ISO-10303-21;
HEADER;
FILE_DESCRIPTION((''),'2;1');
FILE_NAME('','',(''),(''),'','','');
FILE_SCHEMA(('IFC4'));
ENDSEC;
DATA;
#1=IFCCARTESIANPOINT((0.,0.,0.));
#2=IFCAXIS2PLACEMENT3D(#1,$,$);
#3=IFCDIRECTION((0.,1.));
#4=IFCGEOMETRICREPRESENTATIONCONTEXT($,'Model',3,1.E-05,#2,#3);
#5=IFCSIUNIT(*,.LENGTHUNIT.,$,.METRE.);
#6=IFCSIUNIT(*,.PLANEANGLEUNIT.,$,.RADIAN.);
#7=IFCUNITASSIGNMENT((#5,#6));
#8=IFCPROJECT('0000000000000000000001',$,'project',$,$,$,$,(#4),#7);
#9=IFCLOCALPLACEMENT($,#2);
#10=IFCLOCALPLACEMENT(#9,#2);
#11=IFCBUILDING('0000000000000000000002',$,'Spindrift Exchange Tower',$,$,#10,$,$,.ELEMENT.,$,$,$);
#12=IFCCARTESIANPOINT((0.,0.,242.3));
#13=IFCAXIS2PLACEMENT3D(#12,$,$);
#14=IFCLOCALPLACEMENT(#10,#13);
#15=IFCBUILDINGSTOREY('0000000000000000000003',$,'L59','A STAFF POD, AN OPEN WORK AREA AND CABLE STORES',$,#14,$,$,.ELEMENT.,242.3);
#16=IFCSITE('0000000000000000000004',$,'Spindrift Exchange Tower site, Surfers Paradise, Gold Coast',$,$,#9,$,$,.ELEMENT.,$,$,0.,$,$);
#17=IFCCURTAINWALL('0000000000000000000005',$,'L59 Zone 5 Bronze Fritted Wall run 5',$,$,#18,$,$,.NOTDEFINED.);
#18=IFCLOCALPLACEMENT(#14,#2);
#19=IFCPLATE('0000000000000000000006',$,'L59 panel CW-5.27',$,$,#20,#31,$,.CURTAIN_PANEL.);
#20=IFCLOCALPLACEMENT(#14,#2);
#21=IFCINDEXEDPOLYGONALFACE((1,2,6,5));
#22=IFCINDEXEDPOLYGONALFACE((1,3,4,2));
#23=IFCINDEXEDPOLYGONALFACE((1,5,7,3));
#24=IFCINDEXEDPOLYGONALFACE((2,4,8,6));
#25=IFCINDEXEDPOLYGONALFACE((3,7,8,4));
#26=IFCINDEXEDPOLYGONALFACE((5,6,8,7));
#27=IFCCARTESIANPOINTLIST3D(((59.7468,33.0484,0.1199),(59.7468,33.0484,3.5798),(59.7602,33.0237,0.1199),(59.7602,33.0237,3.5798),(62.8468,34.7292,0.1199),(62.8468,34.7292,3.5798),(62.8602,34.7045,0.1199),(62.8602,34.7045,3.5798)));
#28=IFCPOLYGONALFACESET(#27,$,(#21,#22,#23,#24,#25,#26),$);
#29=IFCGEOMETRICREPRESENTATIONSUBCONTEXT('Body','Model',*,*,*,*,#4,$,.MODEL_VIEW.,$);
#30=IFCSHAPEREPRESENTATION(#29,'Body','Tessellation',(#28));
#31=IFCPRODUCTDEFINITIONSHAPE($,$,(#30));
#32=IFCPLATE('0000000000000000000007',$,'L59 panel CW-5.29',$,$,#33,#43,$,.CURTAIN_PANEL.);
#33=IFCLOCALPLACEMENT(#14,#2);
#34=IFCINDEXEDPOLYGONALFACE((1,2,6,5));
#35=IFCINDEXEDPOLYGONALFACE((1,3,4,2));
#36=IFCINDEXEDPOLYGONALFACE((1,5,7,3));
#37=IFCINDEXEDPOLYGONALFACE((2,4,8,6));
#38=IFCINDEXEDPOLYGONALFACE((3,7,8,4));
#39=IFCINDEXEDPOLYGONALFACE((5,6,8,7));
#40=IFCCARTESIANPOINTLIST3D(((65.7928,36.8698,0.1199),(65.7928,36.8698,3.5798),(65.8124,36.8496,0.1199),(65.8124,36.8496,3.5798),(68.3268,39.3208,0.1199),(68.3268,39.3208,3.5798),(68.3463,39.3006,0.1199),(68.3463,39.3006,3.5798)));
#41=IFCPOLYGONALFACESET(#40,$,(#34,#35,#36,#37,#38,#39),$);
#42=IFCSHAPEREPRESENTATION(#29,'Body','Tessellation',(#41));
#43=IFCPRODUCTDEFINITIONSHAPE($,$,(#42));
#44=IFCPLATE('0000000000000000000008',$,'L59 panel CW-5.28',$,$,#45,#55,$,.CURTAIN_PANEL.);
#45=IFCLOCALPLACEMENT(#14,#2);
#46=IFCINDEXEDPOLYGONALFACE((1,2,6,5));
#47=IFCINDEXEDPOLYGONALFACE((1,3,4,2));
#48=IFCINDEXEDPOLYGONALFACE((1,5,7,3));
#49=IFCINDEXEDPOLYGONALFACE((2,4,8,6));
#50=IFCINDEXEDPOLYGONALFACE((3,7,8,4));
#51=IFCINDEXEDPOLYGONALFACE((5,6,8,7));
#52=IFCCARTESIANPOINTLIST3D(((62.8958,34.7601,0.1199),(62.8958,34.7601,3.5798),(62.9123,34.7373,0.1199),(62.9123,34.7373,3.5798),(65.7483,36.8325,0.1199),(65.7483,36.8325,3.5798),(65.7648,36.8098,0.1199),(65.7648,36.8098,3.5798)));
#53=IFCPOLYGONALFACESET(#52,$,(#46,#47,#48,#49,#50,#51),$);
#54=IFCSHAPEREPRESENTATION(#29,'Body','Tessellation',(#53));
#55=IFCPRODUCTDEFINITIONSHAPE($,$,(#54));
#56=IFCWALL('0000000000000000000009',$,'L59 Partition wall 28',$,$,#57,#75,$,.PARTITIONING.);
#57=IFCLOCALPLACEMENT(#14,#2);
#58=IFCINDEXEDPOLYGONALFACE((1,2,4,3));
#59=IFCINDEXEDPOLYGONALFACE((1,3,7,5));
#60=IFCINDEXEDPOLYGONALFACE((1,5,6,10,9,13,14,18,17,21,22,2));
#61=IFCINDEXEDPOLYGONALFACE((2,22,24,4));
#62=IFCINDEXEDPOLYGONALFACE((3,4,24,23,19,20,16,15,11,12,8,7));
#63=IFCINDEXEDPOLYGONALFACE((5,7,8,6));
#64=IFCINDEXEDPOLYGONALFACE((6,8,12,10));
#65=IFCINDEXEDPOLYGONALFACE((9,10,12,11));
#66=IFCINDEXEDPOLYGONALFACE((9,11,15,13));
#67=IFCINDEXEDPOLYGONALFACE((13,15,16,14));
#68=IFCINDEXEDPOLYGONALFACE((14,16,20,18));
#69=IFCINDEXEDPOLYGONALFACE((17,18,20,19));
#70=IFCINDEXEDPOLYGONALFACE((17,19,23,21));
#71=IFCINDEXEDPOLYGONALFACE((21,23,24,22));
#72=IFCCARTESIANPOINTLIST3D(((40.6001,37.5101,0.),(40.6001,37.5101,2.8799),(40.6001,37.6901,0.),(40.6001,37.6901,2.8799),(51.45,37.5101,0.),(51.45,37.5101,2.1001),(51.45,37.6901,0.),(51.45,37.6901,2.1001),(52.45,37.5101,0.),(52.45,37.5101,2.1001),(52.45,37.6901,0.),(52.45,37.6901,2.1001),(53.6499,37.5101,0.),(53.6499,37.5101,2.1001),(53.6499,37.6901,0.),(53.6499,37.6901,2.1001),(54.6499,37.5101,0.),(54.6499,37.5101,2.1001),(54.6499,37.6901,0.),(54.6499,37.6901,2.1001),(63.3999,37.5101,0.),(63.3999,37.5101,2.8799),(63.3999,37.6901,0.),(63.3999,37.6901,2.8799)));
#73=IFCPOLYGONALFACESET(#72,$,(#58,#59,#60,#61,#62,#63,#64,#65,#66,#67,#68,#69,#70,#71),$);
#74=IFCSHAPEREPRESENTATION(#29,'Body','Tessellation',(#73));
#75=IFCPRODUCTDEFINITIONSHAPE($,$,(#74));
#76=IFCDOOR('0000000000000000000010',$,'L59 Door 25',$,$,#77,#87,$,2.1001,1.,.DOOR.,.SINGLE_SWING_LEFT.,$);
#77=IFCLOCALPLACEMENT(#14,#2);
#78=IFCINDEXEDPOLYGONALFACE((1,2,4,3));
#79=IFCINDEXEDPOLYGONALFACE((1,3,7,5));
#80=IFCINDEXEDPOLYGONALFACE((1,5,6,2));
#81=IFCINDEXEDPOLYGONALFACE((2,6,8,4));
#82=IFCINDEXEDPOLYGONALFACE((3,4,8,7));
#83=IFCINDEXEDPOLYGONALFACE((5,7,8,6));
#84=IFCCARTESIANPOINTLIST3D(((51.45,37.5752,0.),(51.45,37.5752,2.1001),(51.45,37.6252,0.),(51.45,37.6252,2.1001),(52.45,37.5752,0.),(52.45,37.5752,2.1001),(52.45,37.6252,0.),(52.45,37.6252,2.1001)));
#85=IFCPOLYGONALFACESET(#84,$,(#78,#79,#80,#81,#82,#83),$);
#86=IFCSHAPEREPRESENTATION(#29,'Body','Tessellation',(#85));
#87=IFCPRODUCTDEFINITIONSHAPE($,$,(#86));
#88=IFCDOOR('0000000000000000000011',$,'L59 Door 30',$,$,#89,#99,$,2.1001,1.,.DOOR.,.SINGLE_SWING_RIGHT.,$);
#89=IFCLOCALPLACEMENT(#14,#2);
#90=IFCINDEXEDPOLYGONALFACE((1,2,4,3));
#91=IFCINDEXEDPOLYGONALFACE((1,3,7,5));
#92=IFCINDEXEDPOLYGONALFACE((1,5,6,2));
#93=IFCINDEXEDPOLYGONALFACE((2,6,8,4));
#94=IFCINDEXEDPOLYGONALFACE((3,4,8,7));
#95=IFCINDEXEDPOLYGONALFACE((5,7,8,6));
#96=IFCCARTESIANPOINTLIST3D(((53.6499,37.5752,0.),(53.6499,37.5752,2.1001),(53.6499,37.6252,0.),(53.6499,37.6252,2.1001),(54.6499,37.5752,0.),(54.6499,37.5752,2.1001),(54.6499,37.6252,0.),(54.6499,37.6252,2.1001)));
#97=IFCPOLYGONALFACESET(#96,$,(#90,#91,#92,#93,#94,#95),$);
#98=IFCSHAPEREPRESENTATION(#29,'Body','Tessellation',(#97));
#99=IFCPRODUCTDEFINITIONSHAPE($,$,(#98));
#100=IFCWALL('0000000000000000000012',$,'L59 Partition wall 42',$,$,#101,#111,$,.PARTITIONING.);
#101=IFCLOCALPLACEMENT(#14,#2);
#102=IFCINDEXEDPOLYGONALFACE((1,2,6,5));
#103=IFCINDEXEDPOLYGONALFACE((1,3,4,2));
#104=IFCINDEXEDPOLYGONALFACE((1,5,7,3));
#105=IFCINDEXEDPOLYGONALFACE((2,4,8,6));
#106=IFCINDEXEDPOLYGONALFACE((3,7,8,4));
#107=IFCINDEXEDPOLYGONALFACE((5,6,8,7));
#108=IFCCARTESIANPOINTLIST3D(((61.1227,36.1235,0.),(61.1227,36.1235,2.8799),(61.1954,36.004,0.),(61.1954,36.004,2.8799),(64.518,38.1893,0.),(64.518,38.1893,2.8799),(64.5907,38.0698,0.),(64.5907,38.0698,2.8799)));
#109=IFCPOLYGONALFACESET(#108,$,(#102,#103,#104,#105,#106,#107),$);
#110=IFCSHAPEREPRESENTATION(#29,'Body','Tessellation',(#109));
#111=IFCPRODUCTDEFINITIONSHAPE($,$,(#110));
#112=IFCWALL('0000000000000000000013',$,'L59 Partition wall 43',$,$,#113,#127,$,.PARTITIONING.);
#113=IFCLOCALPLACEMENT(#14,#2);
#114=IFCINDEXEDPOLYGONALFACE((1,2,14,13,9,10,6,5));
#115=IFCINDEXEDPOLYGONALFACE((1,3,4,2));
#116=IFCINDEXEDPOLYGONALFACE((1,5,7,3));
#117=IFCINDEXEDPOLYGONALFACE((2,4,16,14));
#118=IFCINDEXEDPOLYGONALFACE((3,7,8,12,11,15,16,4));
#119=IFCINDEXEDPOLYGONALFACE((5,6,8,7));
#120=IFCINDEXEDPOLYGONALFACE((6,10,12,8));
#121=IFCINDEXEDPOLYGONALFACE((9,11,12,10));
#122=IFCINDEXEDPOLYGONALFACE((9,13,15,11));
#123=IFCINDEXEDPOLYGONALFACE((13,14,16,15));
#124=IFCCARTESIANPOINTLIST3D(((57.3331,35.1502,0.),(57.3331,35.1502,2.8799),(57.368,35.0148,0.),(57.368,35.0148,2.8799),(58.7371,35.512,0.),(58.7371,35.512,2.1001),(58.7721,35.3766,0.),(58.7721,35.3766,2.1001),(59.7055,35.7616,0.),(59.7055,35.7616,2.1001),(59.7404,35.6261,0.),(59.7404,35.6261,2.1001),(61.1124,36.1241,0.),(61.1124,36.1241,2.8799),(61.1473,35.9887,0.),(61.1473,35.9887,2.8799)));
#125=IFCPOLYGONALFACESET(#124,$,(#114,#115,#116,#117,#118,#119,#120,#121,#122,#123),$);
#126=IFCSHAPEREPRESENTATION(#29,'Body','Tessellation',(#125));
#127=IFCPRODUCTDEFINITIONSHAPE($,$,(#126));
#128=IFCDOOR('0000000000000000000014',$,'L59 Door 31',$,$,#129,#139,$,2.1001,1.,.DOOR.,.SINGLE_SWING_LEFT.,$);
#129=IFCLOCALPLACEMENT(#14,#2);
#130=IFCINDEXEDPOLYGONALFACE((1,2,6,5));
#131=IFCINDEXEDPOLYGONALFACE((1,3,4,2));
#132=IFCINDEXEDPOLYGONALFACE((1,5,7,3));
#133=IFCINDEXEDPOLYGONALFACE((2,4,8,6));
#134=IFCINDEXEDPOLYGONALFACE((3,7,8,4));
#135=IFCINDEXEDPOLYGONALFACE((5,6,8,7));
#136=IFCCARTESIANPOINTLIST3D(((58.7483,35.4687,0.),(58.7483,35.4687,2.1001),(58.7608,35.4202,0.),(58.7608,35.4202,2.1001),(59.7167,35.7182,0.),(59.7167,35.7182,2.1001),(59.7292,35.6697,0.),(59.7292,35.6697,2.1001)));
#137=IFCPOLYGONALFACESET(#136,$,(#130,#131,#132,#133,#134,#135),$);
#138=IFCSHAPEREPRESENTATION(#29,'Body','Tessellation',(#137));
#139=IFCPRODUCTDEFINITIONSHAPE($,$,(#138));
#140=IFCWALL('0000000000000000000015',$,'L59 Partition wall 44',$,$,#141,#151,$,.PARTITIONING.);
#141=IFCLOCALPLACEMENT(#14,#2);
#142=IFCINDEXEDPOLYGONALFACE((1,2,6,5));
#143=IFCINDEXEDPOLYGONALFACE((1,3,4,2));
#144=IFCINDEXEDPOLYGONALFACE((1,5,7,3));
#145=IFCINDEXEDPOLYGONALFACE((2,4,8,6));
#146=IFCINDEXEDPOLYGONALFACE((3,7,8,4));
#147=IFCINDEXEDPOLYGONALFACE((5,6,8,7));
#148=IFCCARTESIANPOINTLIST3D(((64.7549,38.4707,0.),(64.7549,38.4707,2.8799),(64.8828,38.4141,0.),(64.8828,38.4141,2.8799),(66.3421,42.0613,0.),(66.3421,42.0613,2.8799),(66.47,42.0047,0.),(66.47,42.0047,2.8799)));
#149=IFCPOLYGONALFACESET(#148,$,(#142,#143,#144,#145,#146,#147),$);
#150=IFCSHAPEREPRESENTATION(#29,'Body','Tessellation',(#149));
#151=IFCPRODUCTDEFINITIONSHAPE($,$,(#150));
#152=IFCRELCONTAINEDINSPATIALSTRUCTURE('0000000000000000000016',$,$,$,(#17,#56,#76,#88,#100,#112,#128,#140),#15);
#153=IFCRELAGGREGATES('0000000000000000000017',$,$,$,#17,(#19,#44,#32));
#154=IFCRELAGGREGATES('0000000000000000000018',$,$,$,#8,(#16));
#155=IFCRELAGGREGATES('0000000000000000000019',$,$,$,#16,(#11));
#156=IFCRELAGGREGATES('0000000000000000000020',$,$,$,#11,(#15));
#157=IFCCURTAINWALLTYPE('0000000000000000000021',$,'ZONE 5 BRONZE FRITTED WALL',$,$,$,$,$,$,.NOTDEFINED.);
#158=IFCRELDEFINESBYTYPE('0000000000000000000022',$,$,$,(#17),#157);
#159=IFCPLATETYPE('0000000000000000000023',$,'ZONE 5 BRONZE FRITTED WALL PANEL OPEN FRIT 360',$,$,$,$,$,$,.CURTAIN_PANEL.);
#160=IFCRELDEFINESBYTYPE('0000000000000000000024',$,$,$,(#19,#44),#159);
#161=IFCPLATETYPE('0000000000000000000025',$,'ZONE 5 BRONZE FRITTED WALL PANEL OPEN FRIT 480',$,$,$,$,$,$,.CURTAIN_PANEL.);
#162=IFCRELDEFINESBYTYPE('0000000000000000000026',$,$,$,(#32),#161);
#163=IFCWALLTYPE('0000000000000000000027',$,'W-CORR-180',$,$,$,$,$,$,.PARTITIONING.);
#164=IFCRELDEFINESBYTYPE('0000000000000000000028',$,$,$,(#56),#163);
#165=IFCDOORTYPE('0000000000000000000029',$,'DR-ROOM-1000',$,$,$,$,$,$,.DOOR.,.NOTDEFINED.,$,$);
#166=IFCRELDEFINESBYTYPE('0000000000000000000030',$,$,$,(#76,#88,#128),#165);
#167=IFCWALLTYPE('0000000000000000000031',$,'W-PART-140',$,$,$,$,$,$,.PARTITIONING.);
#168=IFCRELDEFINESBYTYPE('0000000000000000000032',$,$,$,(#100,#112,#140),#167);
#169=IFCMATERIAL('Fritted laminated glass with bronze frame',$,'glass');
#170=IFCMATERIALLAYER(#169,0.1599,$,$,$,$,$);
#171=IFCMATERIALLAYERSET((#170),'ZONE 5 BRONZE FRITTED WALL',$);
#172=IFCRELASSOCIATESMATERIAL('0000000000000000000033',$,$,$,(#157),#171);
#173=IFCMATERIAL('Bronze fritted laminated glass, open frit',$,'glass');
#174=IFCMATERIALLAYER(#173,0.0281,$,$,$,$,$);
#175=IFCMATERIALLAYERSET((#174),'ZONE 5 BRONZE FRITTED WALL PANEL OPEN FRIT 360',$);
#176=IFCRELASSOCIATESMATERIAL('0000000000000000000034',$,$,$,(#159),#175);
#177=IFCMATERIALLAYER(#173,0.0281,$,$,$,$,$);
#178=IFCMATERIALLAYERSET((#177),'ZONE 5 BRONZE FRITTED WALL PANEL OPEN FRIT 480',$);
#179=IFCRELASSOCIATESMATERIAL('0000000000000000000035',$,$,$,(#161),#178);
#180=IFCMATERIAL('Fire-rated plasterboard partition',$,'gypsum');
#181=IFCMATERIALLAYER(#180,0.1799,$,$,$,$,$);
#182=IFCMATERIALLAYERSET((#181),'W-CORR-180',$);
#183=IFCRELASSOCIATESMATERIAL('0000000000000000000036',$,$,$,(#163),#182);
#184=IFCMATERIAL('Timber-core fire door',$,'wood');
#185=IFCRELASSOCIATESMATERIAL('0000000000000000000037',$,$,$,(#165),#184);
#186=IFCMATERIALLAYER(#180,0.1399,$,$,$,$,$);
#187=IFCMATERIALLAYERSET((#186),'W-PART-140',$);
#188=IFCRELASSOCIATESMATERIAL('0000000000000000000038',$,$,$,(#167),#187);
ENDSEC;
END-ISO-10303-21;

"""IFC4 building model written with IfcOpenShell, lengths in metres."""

from ifc_helpers import new_model, si_unit, direction, frame, frame_2d, origin, origin_2d, place, context, subcontext, project, spatial, rectangle, extrude, source, transform, mapped, material, layer, layer_set, type_object, element, fill, aggregate, save


model = new_model("IFC4")

# Units and contexts
model_context = context("Model", 3, precision=1e-05, world=origin(), true_north=direction((0.0, 1.0)))
body_context = subcontext(model_context, "Body", "Model", "MODEL_VIEW")
ifc_project = project(units=[si_unit("LENGTHUNIT", "METRE"), si_unit("PLANEANGLEUNIT", "RADIAN")], contexts=[model_context])

# Site, building, storey
site_placement = place(None, origin())
site = spatial("IfcSite", under=ifc_project, at=site_placement, Name="Spindrift Exchange Tower site, Surfers Paradise, Gold Coast", CompositionType="ELEMENT", RefElevation=0.0)
building_placement = place(site_placement, origin())
building = spatial("IfcBuilding", under=site, at=building_placement, Name="Spindrift Exchange Tower", CompositionType="ELEMENT")
storey_placement = place(building_placement, frame((0.0, 0.0, 242.3)))
storey = spatial("IfcBuildingStorey", under=building, at=storey_placement, Name="L59", Description="A STAFF POD, AN OPEN WORK AREA AND CABLE STORES", CompositionType="ELEMENT", Elevation=242.3)

# Curtain wall, plates
ifc_material_1 = material(Name="Fritted laminated glass with bronze frame", Category="glass")
ifc_layer_1 = layer(ifc_material_1, 0.1599)
ifc_layer_set_1 = layer_set([ifc_layer_1], Name="ZONE 5 BRONZE FRITTED WALL")
curtain_wall_type = type_object("IfcCurtainWallType", Name="ZONE 5 BRONZE FRITTED WALL", PredefinedType="NOTDEFINED", material=ifc_layer_set_1)
curtain_wall_placement = place(storey_placement, origin())
curtain_wall = element("IfcCurtainWall", 1, at=curtain_wall_placement, inside=storey, type_object=curtain_wall_type, Name="L59 Zone 5 Bronze Fritted Wall run 5", PredefinedType="NOTDEFINED")
ifc_material_2 = material(Name="Bronze fritted laminated glass, open frit", Category="glass")
ifc_layer_2 = layer(ifc_material_2, 0.0281)
ifc_layer_set_2 = layer_set([ifc_layer_2], Name="ZONE 5 BRONZE FRITTED WALL PANEL OPEN FRIT 360")
plate_type_1 = type_object("IfcPlateType", Name="ZONE 5 BRONZE FRITTED WALL PANEL OPEN FRIT 360", PredefinedType="CURTAIN_PANEL", material=ifc_layer_set_2)
shared_shape_1 = source(origin(), body_context, "Body", "SweptSolid", [
    extrude(rectangle(XDim=3.5264, YDim=0.0281, at=origin_2d()), origin(), (0.0, 0.0, 1.0), 3.46),
])
plate_1_placement = place(storey_placement, frame((61.3035, 33.8765, 0.1199), z_axis=(0.0, 0.0, 1.0), x_axis=(0.879095, 0.476646, 0.0)))
plate_1 = element("IfcPlate", 2, at=plate_1_placement, type_object=plate_type_1, Name="L59 panel CW-5.27", PredefinedType="CURTAIN_PANEL", context=body_context, shape_type="MappedRepresentation", body=[
    mapped(shared_shape_1, transform((0.0, 0.0, 0.0), scale=1.0)),
])
ifc_layer_3 = layer(ifc_material_2, 0.0281)
ifc_layer_set_3 = layer_set([ifc_layer_3], Name="ZONE 5 BRONZE FRITTED WALL PANEL OPEN FRIT 480")
plate_type_2 = type_object("IfcPlateType", Name="ZONE 5 BRONZE FRITTED WALL PANEL OPEN FRIT 480", PredefinedType="CURTAIN_PANEL", material=ifc_layer_set_3)
shared_shape_2 = source(origin(), body_context, "Body", "SweptSolid", [
    extrude(rectangle(XDim=3.5254, YDim=0.0281, at=origin_2d()), origin(), (0.0, 0.0, 1.0), 3.46),
])
plate_2_placement = place(storey_placement, frame((67.0696, 38.0852, 0.1199), z_axis=(0.0, 0.0, 1.0), x_axis=(0.718778, 0.695239, 0.0)))
plate_2 = element("IfcPlate", 3, at=plate_2_placement, type_object=plate_type_2, Name="L59 panel CW-5.29", PredefinedType="CURTAIN_PANEL", context=body_context, shape_type="MappedRepresentation", body=[
    mapped(shared_shape_2, transform((0.0, 0.0, 0.0), scale=1.0)),
])
shared_shape_3 = source(origin(), body_context, "Body", "SweptSolid", [
    extrude(rectangle(XDim=3.5259, YDim=0.0281, at=origin_2d()), origin(), (0.0, 0.0, 1.0), 3.46),
])
plate_3_placement = place(storey_placement, frame((64.3303, 35.7849, 0.1199), z_axis=(0.0, 0.0, 1.0), x_axis=(0.809026, 0.587773, 0.0)))
plate_3 = element("IfcPlate", 4, at=plate_3_placement, type_object=plate_type_1, Name="L59 panel CW-5.28", PredefinedType="CURTAIN_PANEL", context=body_context, shape_type="MappedRepresentation", body=[
    mapped(shared_shape_3, transform((0.0, 0.0, 0.0), scale=1.0)),
])
aggregate(curtain_wall, [plate_1, plate_3, plate_2])

# Wall, openings, doors
ifc_material_3 = material(Name="Fire-rated plasterboard partition", Category="gypsum")
ifc_layer_4 = layer(ifc_material_3, 0.1799)
ifc_layer_set_4 = layer_set([ifc_layer_4], Name="W-CORR-180")
wall_type_1 = type_object("IfcWallType", Name="W-CORR-180", PredefinedType="PARTITIONING", material=ifc_layer_set_4)
wall_1_placement = place(storey_placement, frame((63.3999, 37.6001, 0.0), z_axis=(0.0, 0.0, 1.0), x_axis=(-1.0, 0.0, 0.0)))
wall_1 = element("IfcWall", 5, at=wall_1_placement, inside=storey, type_object=wall_type_1, Name="L59 Partition wall 28", PredefinedType="PARTITIONING", context=body_context, shape_type="SweptSolid", body=[
    extrude(rectangle(XDim=22.7998, YDim=0.1799, at=frame_2d((11.3999, 0.0))), origin(), (0.0, 0.0, 1.0), 2.8799),
])
opening_1_placement = place(wall_1_placement, frame((10.95, 0.0, 0.0)))
opening_1 = element("IfcOpeningElement", 6, at=opening_1_placement, cuts=wall_1, PredefinedType="OPENING", context=body_context, shape_type="SweptSolid", body=[
    extrude(rectangle(XDim=1.0, YDim=2.1001, at=frame_2d((0.5, 1.05))), frame((0.0, 0.0999, 0.0), z_axis=(0.0, -1.0, 0.0), x_axis=(1.0, 0.0, 0.0)), (0.0, 0.0, 1.0), 0.2),
])
opening_2_placement = place(wall_1_placement, frame((8.75, 0.0, 0.0)))
opening_2 = element("IfcOpeningElement", 7, at=opening_2_placement, cuts=wall_1, PredefinedType="OPENING", context=body_context, shape_type="SweptSolid", body=[
    extrude(rectangle(XDim=1.0, YDim=2.1001, at=frame_2d((0.5, 1.05))), frame((0.0, 0.0999, 0.0), z_axis=(0.0, -1.0, 0.0), x_axis=(1.0, 0.0, 0.0)), (0.0, 0.0, 1.0), 0.2),
])
ifc_material_4 = material(Name="Timber-core fire door", Category="wood")
door_type = type_object("IfcDoorType", Name="DR-ROOM-1000", OperationType="NOTDEFINED", PredefinedType="DOOR", material=ifc_material_4)
shared_shape_4 = source(origin(), body_context, "Body", "SweptSolid", [
    extrude(rectangle(XDim=1.0, YDim=2.1001, at=frame_2d((0.5, 1.05))), frame((0.0, 0.0249, 0.0), z_axis=(0.0, -1.0, 0.0), x_axis=(1.0, 0.0, 0.0)), (0.0, 0.0, 1.0), 0.05),
])
door_1_placement = place(opening_1_placement, origin())
door_1 = element("IfcDoor", 8, at=door_1_placement, inside=storey, type_object=door_type, Name="L59 Door 25", OperationType="SINGLE_SWING_LEFT", OverallHeight=2.1001, OverallWidth=1.0, PredefinedType="DOOR", context=body_context, shape_type="MappedRepresentation", body=[
    mapped(shared_shape_4, transform((0.0, 0.0, 0.0), scale=1.0)),
])
fill(opening_1, door_1)
door_2_placement = place(opening_2_placement, origin())
door_2 = element("IfcDoor", 9, at=door_2_placement, inside=storey, type_object=door_type, Name="L59 Door 30", OperationType="SINGLE_SWING_RIGHT", OverallHeight=2.1001, OverallWidth=1.0, PredefinedType="DOOR", context=body_context, shape_type="MappedRepresentation", body=[
    mapped(shared_shape_4, transform((0.0, 0.0, 0.0), scale=1.0)),
])
fill(opening_2, door_2)

# Wall
ifc_layer_5 = layer(ifc_material_3, 0.1399)
ifc_layer_set_5 = layer_set([ifc_layer_5], Name="W-PART-140")
wall_type_2 = type_object("IfcWallType", Name="W-PART-140", PredefinedType="PARTITIONING", material=ifc_layer_set_5)
wall_2_placement = place(storey_placement, frame((61.1589, 36.0637, 0.0), z_axis=(0.0, 0.0, 1.0), x_axis=(0.854311, 0.519762, 0.0)))
element("IfcWall", 10, at=wall_2_placement, inside=storey, type_object=wall_type_2, Name="L59 Partition wall 42", PredefinedType="PARTITIONING", context=body_context, shape_type="SweptSolid", body=[
    extrude(rectangle(XDim=3.9744, YDim=0.1399, at=frame_2d((1.9873, 0.0))), origin(), (0.0, 0.0, 1.0), 2.8799),
])

# Wall, opening, door
wall_3_placement = place(storey_placement, frame((61.1299, 36.0564, 0.0), z_axis=(0.0, 0.0, 1.0), x_axis=(-0.968366, -0.249536, 0.0)))
wall_3 = element("IfcWall", 11, at=wall_3_placement, inside=storey, type_object=wall_type_2, Name="L59 Partition wall 43", PredefinedType="PARTITIONING", context=body_context, shape_type="SweptSolid", body=[
    extrude(rectangle(XDim=3.9028, YDim=0.1399, at=frame_2d((1.9514, 0.0))), origin(), (0.0, 0.0, 1.0), 2.8799),
])
opening_3_placement = place(wall_3_placement, frame((1.4529, 0.0, 0.0)))
opening_3 = element("IfcOpeningElement", 12, at=opening_3_placement, cuts=wall_3, PredefinedType="OPENING", context=body_context, shape_type="SweptSolid", body=[
    extrude(rectangle(XDim=1.0, YDim=2.1001, at=frame_2d((0.5, 1.05))), frame((0.0, 0.0798, 0.0), z_axis=(0.0, -1.0, 0.0), x_axis=(1.0, 0.0, 0.0)), (0.0, 0.0, 1.0), 0.1599),
])
door_3_placement = place(opening_3_placement, origin())
door_3 = element("IfcDoor", 13, at=door_3_placement, inside=storey, type_object=door_type, Name="L59 Door 31", OperationType="SINGLE_SWING_LEFT", OverallHeight=2.1001, OverallWidth=1.0, PredefinedType="DOOR", context=body_context, shape_type="MappedRepresentation", body=[
    mapped(shared_shape_4, transform((0.0, 0.0, 0.0), scale=1.0)),
])
fill(opening_3, door_3)

# Wall
wall_4_placement = place(storey_placement, frame((64.8188, 38.4424, 0.0), z_axis=(0.0, 0.0, 1.0), x_axis=(0.404297, 0.914628, 0.0)))
element("IfcWall", 14, at=wall_4_placement, inside=storey, type_object=wall_type_2, Name="L59 Partition wall 44", PredefinedType="PARTITIONING", context=body_context, shape_type="SweptSolid", body=[
    extrude(rectangle(XDim=3.9258, YDim=0.1399, at=frame_2d((1.9629, 0.0))), origin(), (0.0, 0.0, 1.0), 2.8799),
])

save(model, "model.ifc")
